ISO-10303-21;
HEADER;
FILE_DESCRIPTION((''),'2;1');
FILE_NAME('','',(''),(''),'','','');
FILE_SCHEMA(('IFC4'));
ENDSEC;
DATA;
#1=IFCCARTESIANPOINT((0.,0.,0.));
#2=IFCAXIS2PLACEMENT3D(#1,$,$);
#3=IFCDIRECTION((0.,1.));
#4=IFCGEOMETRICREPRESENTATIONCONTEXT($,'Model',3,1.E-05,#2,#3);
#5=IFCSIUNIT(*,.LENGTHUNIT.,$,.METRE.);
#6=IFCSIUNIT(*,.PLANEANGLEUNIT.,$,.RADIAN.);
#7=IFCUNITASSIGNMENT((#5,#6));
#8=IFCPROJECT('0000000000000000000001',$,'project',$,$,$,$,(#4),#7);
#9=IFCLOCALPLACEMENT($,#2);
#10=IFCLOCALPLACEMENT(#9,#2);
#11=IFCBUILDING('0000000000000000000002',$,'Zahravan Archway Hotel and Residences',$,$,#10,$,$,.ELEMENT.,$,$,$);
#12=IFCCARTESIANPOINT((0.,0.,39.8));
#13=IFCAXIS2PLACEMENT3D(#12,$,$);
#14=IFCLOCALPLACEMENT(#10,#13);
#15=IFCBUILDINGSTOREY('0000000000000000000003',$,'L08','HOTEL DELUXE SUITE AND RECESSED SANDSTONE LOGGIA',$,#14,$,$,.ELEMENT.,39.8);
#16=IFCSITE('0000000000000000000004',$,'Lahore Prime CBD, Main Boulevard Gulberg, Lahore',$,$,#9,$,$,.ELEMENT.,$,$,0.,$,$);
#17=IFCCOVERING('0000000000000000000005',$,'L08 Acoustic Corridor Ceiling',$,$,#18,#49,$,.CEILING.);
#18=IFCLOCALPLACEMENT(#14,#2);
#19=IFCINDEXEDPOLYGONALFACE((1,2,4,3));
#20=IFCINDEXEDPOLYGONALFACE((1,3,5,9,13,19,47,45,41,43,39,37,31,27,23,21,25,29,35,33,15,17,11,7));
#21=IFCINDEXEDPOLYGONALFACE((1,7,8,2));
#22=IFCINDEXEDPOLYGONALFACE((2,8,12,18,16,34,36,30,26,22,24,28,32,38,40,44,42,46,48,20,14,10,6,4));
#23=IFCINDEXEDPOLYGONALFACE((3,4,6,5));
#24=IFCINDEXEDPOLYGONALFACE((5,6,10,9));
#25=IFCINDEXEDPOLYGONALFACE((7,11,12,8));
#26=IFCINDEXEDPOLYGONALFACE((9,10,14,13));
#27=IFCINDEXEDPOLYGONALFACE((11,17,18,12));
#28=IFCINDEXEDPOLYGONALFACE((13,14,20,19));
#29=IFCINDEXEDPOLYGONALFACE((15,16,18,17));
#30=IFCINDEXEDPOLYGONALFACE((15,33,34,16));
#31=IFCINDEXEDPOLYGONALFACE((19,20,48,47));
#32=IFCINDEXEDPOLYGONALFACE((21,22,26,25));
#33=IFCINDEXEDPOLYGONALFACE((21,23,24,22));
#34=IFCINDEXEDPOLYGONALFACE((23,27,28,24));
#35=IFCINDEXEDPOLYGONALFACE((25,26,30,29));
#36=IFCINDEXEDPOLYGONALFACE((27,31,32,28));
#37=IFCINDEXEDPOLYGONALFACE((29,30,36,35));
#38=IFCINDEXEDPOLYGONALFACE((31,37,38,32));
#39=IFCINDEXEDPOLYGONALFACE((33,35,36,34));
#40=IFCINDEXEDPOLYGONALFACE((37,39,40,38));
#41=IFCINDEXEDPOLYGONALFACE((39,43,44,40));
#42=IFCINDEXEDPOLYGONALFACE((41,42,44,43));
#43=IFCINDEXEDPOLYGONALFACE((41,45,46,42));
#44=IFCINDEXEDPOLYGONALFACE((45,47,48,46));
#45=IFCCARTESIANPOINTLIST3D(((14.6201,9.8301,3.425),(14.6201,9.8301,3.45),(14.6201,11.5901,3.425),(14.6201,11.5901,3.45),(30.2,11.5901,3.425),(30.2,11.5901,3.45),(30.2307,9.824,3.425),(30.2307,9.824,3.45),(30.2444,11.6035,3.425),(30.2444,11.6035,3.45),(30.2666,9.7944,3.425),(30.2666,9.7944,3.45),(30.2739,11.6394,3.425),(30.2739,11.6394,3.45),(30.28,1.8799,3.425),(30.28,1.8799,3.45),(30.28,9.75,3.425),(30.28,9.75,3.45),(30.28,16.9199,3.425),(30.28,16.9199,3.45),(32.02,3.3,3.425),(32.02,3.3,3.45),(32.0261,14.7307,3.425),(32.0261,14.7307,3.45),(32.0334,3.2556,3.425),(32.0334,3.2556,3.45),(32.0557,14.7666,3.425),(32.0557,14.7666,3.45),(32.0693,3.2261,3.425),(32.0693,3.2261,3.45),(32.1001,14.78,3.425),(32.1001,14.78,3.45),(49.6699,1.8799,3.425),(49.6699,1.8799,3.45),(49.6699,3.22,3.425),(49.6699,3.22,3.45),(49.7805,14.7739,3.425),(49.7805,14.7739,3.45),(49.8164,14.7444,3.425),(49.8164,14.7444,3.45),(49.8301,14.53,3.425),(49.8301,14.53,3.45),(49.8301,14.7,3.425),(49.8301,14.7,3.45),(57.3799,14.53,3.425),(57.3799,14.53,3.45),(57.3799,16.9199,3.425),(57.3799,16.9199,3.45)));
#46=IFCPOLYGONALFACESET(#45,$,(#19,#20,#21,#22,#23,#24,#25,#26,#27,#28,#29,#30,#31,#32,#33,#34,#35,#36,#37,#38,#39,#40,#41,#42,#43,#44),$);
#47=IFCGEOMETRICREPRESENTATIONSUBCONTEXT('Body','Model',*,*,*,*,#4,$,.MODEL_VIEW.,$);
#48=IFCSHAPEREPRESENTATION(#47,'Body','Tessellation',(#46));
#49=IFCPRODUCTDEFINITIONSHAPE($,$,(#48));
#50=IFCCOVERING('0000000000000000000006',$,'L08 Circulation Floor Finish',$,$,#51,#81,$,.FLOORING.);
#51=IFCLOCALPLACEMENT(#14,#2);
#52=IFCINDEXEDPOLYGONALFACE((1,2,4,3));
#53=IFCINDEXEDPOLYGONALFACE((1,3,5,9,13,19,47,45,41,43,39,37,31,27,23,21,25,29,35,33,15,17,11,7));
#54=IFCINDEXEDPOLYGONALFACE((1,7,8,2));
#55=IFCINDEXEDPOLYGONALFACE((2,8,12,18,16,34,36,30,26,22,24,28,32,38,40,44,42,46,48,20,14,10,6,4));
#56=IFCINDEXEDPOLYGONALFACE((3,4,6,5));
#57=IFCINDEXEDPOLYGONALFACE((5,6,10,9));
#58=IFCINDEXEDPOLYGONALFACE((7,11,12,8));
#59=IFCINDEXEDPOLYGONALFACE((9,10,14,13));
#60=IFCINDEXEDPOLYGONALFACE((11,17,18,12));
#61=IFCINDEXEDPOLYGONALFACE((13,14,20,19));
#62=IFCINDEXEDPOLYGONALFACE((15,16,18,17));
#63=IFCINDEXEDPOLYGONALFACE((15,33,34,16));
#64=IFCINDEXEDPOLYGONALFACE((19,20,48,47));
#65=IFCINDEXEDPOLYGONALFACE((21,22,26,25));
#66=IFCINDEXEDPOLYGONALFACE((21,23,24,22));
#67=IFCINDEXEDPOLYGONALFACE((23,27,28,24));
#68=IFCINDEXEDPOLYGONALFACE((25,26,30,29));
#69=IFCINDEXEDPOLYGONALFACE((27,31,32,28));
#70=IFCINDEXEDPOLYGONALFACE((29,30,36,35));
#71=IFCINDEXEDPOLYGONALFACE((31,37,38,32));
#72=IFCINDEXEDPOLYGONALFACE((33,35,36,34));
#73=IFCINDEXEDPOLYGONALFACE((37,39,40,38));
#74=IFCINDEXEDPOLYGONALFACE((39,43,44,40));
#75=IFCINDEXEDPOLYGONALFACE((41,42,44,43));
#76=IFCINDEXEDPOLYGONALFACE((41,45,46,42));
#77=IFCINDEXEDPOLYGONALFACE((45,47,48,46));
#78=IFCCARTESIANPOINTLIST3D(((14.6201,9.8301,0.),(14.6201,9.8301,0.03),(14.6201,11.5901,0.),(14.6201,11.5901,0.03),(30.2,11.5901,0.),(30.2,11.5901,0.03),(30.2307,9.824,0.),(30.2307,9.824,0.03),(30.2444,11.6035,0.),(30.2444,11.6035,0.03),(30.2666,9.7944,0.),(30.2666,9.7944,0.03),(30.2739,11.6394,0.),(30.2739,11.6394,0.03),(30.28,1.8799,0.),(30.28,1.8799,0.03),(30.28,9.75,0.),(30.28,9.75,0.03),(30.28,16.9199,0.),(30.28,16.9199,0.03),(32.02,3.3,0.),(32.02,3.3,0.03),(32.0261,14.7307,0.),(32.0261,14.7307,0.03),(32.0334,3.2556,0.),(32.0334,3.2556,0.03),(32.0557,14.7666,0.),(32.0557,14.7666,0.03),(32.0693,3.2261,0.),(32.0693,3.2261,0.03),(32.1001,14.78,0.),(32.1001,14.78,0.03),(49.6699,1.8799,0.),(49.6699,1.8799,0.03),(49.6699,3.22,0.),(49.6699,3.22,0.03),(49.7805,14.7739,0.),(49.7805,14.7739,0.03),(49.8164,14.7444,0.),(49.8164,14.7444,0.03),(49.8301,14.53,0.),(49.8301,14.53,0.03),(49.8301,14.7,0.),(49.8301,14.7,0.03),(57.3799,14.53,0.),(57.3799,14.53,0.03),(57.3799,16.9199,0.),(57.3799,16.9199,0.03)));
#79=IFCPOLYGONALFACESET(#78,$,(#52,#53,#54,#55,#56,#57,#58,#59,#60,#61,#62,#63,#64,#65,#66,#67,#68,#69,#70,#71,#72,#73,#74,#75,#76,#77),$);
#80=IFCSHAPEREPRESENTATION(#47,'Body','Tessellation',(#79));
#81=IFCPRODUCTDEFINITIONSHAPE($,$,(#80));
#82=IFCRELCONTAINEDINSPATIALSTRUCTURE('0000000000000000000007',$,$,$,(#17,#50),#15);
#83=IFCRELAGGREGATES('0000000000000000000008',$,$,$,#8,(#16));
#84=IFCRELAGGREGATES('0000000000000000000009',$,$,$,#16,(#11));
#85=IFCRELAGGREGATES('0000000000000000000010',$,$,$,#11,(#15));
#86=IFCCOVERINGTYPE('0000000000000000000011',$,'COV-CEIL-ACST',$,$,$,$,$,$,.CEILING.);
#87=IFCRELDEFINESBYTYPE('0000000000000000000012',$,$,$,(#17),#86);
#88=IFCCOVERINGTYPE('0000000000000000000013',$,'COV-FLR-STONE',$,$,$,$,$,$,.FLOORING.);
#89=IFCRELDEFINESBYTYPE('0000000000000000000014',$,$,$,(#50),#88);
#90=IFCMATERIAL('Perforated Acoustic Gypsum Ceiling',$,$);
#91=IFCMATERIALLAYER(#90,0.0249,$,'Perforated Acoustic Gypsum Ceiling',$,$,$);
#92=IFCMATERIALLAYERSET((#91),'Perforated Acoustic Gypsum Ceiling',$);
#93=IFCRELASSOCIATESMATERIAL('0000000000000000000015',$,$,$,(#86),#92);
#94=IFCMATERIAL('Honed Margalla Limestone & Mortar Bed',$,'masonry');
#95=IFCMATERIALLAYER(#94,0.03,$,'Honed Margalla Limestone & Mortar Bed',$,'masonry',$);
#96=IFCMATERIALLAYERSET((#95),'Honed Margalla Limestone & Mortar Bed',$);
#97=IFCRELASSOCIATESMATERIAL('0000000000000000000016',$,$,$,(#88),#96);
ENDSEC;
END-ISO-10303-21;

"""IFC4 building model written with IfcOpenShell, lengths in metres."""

from ifc_helpers import new_model, si_unit, direction, frame, origin, place, context, subcontext, project, spatial, polyline, outline, extrude, material, layer, layer_set, type_object, element, save


model = new_model("IFC4")

# Units and contexts
model_context = context("Model", 3, precision=1e-05, world=origin(), true_north=direction((0.0, 1.0)))
body_context = subcontext(model_context, "Body", "Model", "MODEL_VIEW")
ifc_project = project(units=[si_unit("LENGTHUNIT", "METRE"), si_unit("PLANEANGLEUNIT", "RADIAN")], contexts=[model_context])

# Site, building, storey
site_placement = place(None, origin())
site = spatial("IfcSite", under=ifc_project, at=site_placement, Name="Lahore Prime CBD, Main Boulevard Gulberg, Lahore", CompositionType="ELEMENT", RefElevation=0.0)
building_placement = place(site_placement, origin())
building = spatial("IfcBuilding", under=site, at=building_placement, Name="Zahravan Archway Hotel and Residences", CompositionType="ELEMENT")
storey_placement = place(building_placement, frame((0.0, 0.0, 39.8)))
storey = spatial("IfcBuildingStorey", under=building, at=storey_placement, Name="L08", Description="HOTEL DELUXE SUITE AND RECESSED SANDSTONE LOGGIA", CompositionType="ELEMENT", Elevation=39.8)

# Coverings
ifc_material_1 = material(Name="Perforated Acoustic Gypsum Ceiling")
ifc_layer_1 = layer(ifc_material_1, 0.0249, Name="Perforated Acoustic Gypsum Ceiling")
ifc_layer_set_1 = layer_set([ifc_layer_1], Name="Perforated Acoustic Gypsum Ceiling")
covering_type_1 = type_object("IfcCoveringType", Name="COV-CEIL-ACST", PredefinedType="CEILING", material=ifc_layer_set_1)
covering_1_placement = place(storey_placement, frame((0.0, 0.0, 3.425)))
element("IfcCovering", 1, at=covering_1_placement, inside=storey, type_object=covering_type_1, Name="L08 Acoustic Corridor Ceiling", PredefinedType="CEILING", context=body_context, shape_type="SweptSolid", body=[
    extrude(outline(polyline([(57.3799, 14.53), (49.8301, 14.53), (49.8301, 14.7), (49.8164, 14.7444), (49.7805, 14.7739), (32.1001, 14.78), (32.0557, 14.7666), (32.0261, 14.7307), (32.02, 3.3), (32.0334, 3.2556), (32.0693, 3.2261), (49.6699, 3.22), (49.6699, 1.8799), (30.28, 1.8799), (30.28, 9.75), (30.2666, 9.7944), (30.2307, 9.824), (14.6201, 9.8301), (14.6201, 11.5901), (30.2, 11.5901), (30.2444, 11.6035), (30.2739, 11.6394), (30.28, 16.9199), (57.3799, 16.9199), (57.3799, 14.53)])), origin(), (0.0, 0.0, 1.0), 0.0249),
])
ifc_material_2 = material(Name="Honed Margalla Limestone & Mortar Bed", Category="masonry")
ifc_layer_2 = layer(ifc_material_2, 0.03, Name="Honed Margalla Limestone & Mortar Bed", Category="masonry")
ifc_layer_set_2 = layer_set([ifc_layer_2], Name="Honed Margalla Limestone & Mortar Bed")
covering_type_2 = type_object("IfcCoveringType", Name="COV-FLR-STONE", PredefinedType="FLOORING", material=ifc_layer_set_2)
covering_2_placement = place(storey_placement, origin())
element("IfcCovering", 2, at=covering_2_placement, inside=storey, type_object=covering_type_2, Name="L08 Circulation Floor Finish", PredefinedType="FLOORING", context=body_context, shape_type="SweptSolid", body=[
    extrude(outline(polyline([(57.3799, 14.53), (49.8301, 14.53), (49.8301, 14.7), (49.8164, 14.7444), (49.7805, 14.7739), (32.1001, 14.78), (32.0557, 14.7666), (32.0261, 14.7307), (32.02, 3.3), (32.0334, 3.2556), (32.0693, 3.2261), (49.6699, 3.22), (49.6699, 1.8799), (30.28, 1.8799), (30.28, 9.75), (30.2666, 9.7944), (30.2307, 9.824), (14.6201, 9.8301), (14.6201, 11.5901), (30.2, 11.5901), (30.2444, 11.6035), (30.2739, 11.6394), (30.28, 16.9199), (57.3799, 16.9199), (57.3799, 14.53)])), origin(), (0.0, 0.0, 1.0), 0.03),
])

save(model, "model.ifc")
